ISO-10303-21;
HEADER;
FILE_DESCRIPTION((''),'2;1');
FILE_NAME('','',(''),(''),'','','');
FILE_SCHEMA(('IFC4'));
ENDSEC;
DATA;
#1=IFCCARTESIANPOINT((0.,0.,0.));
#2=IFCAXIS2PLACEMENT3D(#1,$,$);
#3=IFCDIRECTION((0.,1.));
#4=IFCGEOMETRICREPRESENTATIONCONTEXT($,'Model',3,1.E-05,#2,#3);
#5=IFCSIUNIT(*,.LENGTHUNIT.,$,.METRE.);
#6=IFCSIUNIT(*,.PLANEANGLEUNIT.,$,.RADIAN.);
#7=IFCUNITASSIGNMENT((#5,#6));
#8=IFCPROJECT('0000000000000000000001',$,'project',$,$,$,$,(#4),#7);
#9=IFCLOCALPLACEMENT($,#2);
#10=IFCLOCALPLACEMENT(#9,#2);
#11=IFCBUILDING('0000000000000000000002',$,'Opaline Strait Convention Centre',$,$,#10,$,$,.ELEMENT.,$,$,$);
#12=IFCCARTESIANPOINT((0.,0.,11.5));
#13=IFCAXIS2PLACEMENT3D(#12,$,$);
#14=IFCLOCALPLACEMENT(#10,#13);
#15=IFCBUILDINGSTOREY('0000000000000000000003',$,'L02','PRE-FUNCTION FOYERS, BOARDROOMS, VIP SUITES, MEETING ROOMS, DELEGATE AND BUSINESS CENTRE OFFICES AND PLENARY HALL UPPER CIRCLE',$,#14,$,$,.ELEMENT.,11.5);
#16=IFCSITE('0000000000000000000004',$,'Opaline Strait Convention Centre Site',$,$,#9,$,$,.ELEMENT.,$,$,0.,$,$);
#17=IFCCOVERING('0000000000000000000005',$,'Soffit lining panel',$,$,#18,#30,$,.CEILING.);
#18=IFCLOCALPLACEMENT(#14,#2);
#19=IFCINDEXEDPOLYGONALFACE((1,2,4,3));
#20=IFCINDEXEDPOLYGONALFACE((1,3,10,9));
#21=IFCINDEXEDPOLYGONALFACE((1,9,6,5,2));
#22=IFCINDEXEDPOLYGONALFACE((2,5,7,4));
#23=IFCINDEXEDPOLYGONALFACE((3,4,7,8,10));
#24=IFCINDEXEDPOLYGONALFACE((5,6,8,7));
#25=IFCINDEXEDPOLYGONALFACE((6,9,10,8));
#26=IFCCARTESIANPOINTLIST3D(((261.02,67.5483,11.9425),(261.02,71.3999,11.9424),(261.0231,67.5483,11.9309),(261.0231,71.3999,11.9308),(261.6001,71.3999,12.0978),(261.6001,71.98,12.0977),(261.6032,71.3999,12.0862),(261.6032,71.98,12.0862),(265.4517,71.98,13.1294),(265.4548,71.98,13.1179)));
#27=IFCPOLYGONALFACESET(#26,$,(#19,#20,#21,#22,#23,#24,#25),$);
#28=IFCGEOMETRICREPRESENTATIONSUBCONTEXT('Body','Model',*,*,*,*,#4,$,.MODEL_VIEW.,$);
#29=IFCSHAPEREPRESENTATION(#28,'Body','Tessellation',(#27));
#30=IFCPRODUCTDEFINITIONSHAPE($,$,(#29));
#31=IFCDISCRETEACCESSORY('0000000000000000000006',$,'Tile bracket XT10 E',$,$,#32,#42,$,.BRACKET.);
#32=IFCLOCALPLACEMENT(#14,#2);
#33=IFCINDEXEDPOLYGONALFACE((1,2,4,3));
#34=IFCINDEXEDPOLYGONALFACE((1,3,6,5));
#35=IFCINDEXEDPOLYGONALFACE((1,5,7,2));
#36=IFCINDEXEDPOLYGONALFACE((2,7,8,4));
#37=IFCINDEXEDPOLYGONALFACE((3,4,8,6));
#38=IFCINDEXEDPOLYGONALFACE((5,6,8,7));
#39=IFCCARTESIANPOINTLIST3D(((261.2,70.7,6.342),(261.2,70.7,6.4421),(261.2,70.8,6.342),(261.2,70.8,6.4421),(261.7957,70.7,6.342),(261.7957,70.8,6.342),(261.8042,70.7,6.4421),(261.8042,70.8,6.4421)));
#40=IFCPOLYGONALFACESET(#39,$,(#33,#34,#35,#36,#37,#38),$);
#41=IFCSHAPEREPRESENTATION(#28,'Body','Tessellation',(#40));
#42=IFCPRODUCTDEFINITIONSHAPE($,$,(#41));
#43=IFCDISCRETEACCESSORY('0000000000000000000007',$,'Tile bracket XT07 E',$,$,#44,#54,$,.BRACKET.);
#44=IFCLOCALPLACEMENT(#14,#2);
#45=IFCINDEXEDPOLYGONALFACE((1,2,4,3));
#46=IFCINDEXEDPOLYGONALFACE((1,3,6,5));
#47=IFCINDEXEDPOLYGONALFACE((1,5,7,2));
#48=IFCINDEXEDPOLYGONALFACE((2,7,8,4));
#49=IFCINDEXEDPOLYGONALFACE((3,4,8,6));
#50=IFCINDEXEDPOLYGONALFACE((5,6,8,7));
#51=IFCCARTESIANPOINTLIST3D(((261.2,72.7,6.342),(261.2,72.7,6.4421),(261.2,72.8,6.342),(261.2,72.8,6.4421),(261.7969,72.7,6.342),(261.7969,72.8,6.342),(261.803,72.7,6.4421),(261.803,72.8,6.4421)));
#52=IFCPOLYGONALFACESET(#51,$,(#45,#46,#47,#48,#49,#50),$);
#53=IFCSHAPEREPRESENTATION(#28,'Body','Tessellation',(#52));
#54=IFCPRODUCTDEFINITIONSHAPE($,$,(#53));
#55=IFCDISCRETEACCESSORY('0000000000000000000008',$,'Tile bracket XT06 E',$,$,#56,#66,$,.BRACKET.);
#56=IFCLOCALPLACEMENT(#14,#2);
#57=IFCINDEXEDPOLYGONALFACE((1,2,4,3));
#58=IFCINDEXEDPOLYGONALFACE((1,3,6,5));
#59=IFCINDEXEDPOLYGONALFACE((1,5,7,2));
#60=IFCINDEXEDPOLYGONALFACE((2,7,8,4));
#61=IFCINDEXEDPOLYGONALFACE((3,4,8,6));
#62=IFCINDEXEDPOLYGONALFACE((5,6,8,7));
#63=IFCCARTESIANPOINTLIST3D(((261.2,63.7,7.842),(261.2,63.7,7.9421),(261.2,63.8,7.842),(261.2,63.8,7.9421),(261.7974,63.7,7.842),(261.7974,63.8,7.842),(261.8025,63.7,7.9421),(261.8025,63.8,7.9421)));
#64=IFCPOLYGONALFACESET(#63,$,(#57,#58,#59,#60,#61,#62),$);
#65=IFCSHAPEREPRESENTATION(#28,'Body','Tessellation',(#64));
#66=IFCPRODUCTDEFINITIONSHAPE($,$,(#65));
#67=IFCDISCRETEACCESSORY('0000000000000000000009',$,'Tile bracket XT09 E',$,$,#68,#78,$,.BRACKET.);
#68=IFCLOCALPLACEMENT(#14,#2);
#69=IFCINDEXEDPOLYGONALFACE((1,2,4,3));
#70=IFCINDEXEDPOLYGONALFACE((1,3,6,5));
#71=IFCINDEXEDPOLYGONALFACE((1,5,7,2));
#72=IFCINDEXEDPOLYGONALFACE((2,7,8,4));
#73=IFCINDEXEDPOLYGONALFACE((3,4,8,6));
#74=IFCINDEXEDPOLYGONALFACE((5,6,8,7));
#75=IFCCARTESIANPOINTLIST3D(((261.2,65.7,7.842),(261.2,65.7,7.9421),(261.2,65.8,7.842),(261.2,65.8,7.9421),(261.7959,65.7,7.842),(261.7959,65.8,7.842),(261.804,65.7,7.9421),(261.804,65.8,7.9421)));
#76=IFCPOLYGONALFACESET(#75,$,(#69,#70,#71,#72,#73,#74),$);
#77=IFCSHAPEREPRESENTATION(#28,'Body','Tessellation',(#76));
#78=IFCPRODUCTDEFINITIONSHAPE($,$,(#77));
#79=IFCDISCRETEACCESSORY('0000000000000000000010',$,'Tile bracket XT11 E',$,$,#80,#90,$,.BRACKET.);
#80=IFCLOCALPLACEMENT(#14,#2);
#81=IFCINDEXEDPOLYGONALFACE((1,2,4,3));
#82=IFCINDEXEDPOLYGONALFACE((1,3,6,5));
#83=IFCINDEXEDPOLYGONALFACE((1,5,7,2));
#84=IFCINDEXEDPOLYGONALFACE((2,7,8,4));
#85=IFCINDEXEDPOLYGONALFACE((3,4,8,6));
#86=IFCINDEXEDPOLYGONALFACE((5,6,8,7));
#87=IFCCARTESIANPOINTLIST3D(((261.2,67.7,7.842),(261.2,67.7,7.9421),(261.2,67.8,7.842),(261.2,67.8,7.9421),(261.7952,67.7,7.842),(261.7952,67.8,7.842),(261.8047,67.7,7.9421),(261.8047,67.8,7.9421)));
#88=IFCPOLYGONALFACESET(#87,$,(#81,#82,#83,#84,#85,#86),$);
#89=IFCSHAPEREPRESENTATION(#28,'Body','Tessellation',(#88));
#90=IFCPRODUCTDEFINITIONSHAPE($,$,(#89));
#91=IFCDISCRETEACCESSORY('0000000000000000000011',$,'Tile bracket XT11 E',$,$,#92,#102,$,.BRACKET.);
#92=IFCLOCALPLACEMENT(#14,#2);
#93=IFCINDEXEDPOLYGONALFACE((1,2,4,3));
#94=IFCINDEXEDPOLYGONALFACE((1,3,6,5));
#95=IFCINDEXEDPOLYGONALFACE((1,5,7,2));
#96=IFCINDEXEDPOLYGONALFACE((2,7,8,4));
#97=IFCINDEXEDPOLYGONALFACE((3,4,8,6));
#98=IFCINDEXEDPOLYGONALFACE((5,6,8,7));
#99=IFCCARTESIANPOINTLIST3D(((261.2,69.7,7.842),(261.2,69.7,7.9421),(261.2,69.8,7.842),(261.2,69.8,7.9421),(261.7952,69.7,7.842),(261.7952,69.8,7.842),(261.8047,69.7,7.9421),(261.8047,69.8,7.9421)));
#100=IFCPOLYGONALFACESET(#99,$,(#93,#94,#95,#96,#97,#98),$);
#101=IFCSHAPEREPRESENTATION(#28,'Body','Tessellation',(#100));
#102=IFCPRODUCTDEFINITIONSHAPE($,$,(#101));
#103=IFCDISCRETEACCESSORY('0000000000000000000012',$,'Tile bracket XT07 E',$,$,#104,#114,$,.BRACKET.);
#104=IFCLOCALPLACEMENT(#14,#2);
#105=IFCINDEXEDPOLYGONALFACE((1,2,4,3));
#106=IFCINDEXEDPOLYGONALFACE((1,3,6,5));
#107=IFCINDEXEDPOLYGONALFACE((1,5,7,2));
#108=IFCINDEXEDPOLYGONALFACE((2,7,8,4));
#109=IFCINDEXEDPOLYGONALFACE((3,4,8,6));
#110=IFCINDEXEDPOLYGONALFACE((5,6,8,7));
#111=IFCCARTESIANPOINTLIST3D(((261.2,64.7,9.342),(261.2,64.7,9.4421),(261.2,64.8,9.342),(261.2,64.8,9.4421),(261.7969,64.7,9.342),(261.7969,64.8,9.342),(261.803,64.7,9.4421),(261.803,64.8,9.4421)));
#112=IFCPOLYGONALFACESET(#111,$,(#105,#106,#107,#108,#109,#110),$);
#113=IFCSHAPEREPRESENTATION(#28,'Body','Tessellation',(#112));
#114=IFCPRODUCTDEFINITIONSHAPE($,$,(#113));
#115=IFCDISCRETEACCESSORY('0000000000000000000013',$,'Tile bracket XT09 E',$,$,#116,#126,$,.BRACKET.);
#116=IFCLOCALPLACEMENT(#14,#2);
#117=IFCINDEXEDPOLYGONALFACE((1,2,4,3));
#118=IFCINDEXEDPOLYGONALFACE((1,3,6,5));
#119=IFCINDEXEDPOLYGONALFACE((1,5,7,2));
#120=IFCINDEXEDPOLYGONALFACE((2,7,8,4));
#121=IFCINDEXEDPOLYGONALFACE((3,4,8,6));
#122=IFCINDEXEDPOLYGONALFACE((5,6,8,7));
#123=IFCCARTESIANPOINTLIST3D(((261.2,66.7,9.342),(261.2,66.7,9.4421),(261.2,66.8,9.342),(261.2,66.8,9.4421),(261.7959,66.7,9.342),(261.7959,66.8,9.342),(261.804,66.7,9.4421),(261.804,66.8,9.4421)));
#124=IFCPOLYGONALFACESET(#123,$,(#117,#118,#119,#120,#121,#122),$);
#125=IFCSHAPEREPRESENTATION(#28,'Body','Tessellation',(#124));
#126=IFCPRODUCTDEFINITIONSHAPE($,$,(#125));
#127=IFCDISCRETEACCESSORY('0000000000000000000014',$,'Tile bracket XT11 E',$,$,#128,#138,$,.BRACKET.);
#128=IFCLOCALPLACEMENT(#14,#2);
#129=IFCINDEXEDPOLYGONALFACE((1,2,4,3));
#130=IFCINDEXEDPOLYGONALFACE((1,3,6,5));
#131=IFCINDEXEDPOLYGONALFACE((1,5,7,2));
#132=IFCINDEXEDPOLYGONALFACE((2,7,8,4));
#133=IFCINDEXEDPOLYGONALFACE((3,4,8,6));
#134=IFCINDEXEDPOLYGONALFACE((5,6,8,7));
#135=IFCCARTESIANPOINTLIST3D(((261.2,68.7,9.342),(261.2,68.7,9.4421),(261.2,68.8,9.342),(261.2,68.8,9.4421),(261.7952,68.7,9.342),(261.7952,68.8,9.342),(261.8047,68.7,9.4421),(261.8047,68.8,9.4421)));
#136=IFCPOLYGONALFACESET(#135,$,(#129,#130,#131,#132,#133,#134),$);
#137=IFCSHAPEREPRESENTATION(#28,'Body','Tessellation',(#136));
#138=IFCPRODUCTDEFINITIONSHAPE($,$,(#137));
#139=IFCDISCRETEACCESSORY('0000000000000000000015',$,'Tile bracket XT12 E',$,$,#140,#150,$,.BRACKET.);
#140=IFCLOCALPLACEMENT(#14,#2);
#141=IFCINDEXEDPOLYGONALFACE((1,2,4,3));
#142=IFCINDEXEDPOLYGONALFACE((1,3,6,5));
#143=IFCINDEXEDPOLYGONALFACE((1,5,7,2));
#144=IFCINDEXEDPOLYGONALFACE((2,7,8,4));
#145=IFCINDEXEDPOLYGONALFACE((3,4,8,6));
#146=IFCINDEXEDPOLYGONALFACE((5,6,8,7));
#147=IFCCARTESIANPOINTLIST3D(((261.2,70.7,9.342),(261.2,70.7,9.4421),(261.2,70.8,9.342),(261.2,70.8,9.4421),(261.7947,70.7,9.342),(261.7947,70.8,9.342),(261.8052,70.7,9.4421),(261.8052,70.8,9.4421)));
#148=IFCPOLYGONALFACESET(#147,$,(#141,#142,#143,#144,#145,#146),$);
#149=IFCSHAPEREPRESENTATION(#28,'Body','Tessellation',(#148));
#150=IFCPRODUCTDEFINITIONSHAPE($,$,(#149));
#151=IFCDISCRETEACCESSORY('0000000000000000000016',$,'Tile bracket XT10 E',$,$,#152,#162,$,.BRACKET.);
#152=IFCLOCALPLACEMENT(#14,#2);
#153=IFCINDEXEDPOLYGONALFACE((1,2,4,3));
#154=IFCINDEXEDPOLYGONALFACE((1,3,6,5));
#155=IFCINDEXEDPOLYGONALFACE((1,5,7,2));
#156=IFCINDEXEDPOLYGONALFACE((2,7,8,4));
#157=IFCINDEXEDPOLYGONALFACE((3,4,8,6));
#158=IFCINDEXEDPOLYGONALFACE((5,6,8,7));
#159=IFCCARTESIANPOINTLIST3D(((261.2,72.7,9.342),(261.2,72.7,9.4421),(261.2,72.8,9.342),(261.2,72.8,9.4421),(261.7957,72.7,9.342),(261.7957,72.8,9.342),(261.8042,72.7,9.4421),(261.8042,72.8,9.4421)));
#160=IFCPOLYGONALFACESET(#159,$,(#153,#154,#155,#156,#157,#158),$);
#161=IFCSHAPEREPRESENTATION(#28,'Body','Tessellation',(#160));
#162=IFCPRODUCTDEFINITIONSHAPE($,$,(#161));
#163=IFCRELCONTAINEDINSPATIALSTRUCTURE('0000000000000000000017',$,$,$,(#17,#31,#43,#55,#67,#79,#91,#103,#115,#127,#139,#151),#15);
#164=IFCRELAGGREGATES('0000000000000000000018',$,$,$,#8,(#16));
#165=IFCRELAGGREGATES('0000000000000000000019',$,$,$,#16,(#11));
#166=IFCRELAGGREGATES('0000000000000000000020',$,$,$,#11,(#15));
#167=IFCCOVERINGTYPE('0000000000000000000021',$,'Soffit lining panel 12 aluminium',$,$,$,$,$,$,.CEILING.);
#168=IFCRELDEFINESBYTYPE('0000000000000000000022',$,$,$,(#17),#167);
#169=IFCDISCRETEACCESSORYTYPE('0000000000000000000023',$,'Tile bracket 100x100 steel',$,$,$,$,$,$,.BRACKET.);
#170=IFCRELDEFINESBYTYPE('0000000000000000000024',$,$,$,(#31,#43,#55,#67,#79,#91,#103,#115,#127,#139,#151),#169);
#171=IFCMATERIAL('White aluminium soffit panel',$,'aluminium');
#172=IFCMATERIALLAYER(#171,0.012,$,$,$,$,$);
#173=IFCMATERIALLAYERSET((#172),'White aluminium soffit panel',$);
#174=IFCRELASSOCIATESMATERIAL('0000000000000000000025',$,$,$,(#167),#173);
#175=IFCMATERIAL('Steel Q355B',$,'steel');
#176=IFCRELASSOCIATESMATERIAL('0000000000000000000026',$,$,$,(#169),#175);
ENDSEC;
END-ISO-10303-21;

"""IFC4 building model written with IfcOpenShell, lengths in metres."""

from ifc_helpers import new_model, si_unit, direction, frame, origin, place, context, subcontext, project, spatial, polyline, outline, extrude, material, layer, layer_set, type_object, element, save


model = new_model("IFC4")

# Units and contexts
model_context = context("Model", 3, precision=1e-05, world=origin(), true_north=direction((0.0, 1.0)))
body_context = subcontext(model_context, "Body", "Model", "MODEL_VIEW")
ifc_project = project(units=[si_unit("LENGTHUNIT", "METRE"), si_unit("PLANEANGLEUNIT", "RADIAN")], contexts=[model_context])

# Site, building, storey
site_placement = place(None, origin())
site = spatial("IfcSite", under=ifc_project, at=site_placement, Name="Opaline Strait Convention Centre Site", CompositionType="ELEMENT", RefElevation=0.0)
building_placement = place(site_placement, origin())
building = spatial("IfcBuilding", under=site, at=building_placement, Name="Opaline Strait Convention Centre", CompositionType="ELEMENT")
storey_placement = place(building_placement, frame((0.0, 0.0, 11.5)))
storey = spatial("IfcBuildingStorey", under=building, at=storey_placement, Name="L02", Description="PRE-FUNCTION FOYERS, BOARDROOMS, VIP SUITES, MEETING ROOMS, DELEGATE AND BUSINESS CENTRE OFFICES AND PLENARY HALL UPPER CIRCLE", CompositionType="ELEMENT", Elevation=11.5)

# Shared definitions
ifc_material_1 = material(Name="Steel Q355B", Category="steel")

# Covering
ifc_material_2 = material(Name="White aluminium soffit panel", Category="aluminium")
ifc_layer = layer(ifc_material_2, 0.012)
ifc_layer_set = layer_set([ifc_layer], Name="White aluminium soffit panel")
covering_type = type_object("IfcCoveringType", Name="Soffit lining panel 12 aluminium", PredefinedType="CEILING", material=ifc_layer_set)
covering_1_placement = place(storey_placement, frame((261.02, 71.3999, 11.9424), z_axis=(-0.258735, 0.000023, 0.965948), x_axis=(0.965948, 0.0, 0.258735)))
element("IfcCovering", 1, at=covering_1_placement, inside=storey, type_object=covering_type, Name="Soffit lining panel", PredefinedType="CEILING", context=body_context, shape_type="SweptSolid", body=[
    extrude(outline(polyline([(0.0, 0.0), (0.6005, 0.0), (0.6005, 0.5801), (4.5879, 0.5801), (0.0, -3.8516), (0.0, 0.0)])), origin(), (0.0, 0.0, -1.0), 0.012),
])

# Discrete accessories
discrete_accessory_type = type_object("IfcDiscreteAccessoryType", Name="Tile bracket 100x100 steel", PredefinedType="BRACKET", material=ifc_material_1)
discrete_accessory_1_placement = place(storey_placement, frame((261.2, 70.7, 6.3921), z_axis=(0.0, 1.0, 0.0), x_axis=(-1.0, 0.0, 0.0)))
element("IfcDiscreteAccessory", 2, at=discrete_accessory_1_placement, inside=storey, type_object=discrete_accessory_type, Name="Tile bracket XT10 E", PredefinedType="BRACKET", context=body_context, shape_type="SweptSolid", body=[
    extrude(outline(polyline([(0.0, -0.05), (0.0, 0.05), (-0.6042, 0.05), (-0.5957, -0.05), (0.0, -0.05)])), origin(), (0.0, 0.0, 1.0), 0.1001),
])
discrete_accessory_2_placement = place(storey_placement, frame((261.2, 72.7, 6.3921), z_axis=(0.0, 1.0, 0.0), x_axis=(-1.0, 0.0, 0.0)))
element("IfcDiscreteAccessory", 3, at=discrete_accessory_2_placement, inside=storey, type_object=discrete_accessory_type, Name="Tile bracket XT07 E", PredefinedType="BRACKET", context=body_context, shape_type="SweptSolid", body=[
    extrude(outline(polyline([(0.0, -0.05), (0.0, 0.05), (-0.603, 0.05), (-0.5969, -0.05), (0.0, -0.05)])), origin(), (0.0, 0.0, 1.0), 0.1001),
])
discrete_accessory_3_placement = place(storey_placement, frame((261.2, 63.7, 7.8921), z_axis=(0.0, 1.0, 0.0), x_axis=(-1.0, 0.0, 0.0)))
element("IfcDiscreteAccessory", 4, at=discrete_accessory_3_placement, inside=storey, type_object=discrete_accessory_type, Name="Tile bracket XT06 E", PredefinedType="BRACKET", context=body_context, shape_type="SweptSolid", body=[
    extrude(outline(polyline([(0.0, -0.05), (0.0, 0.05), (-0.6025, 0.05), (-0.5974, -0.05), (0.0, -0.05)])), origin(), (0.0, 0.0, 1.0), 0.1001),
])
discrete_accessory_4_placement = place(storey_placement, frame((261.2, 65.7, 7.8921), z_axis=(0.0, 1.0, 0.0), x_axis=(-1.0, 0.0, 0.0)))
element("IfcDiscreteAccessory", 5, at=discrete_accessory_4_placement, inside=storey, type_object=discrete_accessory_type, Name="Tile bracket XT09 E", PredefinedType="BRACKET", context=body_context, shape_type="SweptSolid", body=[
    extrude(outline(polyline([(0.0, -0.05), (0.0, 0.05), (-0.604, 0.05), (-0.5959, -0.05), (0.0, -0.05)])), origin(), (0.0, 0.0, 1.0), 0.1001),
])
for number, where, z_axis, x_axis, name in (
    (6, (261.2, 67.7, 7.8921), (0.0, 1.0, 0.0), (-1.0, 0.0, 0.0), "Tile bracket XT11 E"),
    (7, (261.2, 69.7, 7.8921), (0.0, 1.0, 0.0), (-1.0, 0.0, 0.0), "Tile bracket XT11 E"),
):
    element("IfcDiscreteAccessory", number, at=place(storey_placement, frame(where, z_axis=z_axis, x_axis=x_axis)), inside=storey, type_object=discrete_accessory_type, Name=name, PredefinedType="BRACKET", context=body_context, shape_type="SweptSolid", body=[
        extrude(outline(polyline([(0.0, -0.05), (0.0, 0.05), (-0.6047, 0.05), (-0.5952, -0.05), (0.0, -0.05)])), origin(), (0.0, 0.0, 1.0), 0.1001),
    ])
discrete_accessory_5_placement = place(storey_placement, frame((261.2, 64.7, 9.3921), z_axis=(0.0, 1.0, 0.0), x_axis=(-1.0, 0.0, 0.0)))
element("IfcDiscreteAccessory", 8, at=discrete_accessory_5_placement, inside=storey, type_object=discrete_accessory_type, Name="Tile bracket XT07 E", PredefinedType="BRACKET", context=body_context, shape_type="SweptSolid", body=[
    extrude(outline(polyline([(0.0, -0.05), (0.0, 0.05), (-0.603, 0.05), (-0.5969, -0.05), (0.0, -0.05)])), origin(), (0.0, 0.0, 1.0), 0.1001),
])
discrete_accessory_6_placement = place(storey_placement, frame((261.2, 66.7, 9.3921), z_axis=(0.0, 1.0, 0.0), x_axis=(-1.0, 0.0, 0.0)))
element("IfcDiscreteAccessory", 9, at=discrete_accessory_6_placement, inside=storey, type_object=discrete_accessory_type, Name="Tile bracket XT09 E", PredefinedType="BRACKET", context=body_context, shape_type="SweptSolid", body=[
    extrude(outline(polyline([(0.0, -0.05), (0.0, 0.05), (-0.604, 0.05), (-0.5959, -0.05), (0.0, -0.05)])), origin(), (0.0, 0.0, 1.0), 0.1001),
])
discrete_accessory_7_placement = place(storey_placement, frame((261.2, 68.7, 9.3921), z_axis=(0.0, 1.0, 0.0), x_axis=(-1.0, 0.0, 0.0)))
element("IfcDiscreteAccessory", 10, at=discrete_accessory_7_placement, inside=storey, type_object=discrete_accessory_type, Name="Tile bracket XT11 E", PredefinedType="BRACKET", context=body_context, shape_type="SweptSolid", body=[
    extrude(outline(polyline([(0.0, -0.05), (0.0, 0.05), (-0.6047, 0.05), (-0.5952, -0.05), (0.0, -0.05)])), origin(), (0.0, 0.0, 1.0), 0.1001),
])
discrete_accessory_8_placement = place(storey_placement, frame((261.2, 70.7, 9.3921), z_axis=(0.0, 1.0, 0.0), x_axis=(-1.0, 0.0, 0.0)))
element("IfcDiscreteAccessory", 11, at=discrete_accessory_8_placement, inside=storey, type_object=discrete_accessory_type, Name="Tile bracket XT12 E", PredefinedType="BRACKET", context=body_context, shape_type="SweptSolid", body=[
    extrude(outline(polyline([(0.0, -0.05), (0.0, 0.05), (-0.6052, 0.05), (-0.5947, -0.05), (0.0, -0.05)])), origin(), (0.0, 0.0, 1.0), 0.1001),
])
discrete_accessory_9_placement = place(storey_placement, frame((261.2, 72.7, 9.3921), z_axis=(0.0, 1.0, 0.0), x_axis=(-1.0, 0.0, 0.0)))
element("IfcDiscreteAccessory", 12, at=discrete_accessory_9_placement, inside=storey, type_object=discrete_accessory_type, Name="Tile bracket XT10 E", PredefinedType="BRACKET", context=body_context, shape_type="SweptSolid", body=[
    extrude(outline(polyline([(0.0, -0.05), (0.0, 0.05), (-0.6042, 0.05), (-0.5957, -0.05), (0.0, -0.05)])), origin(), (0.0, 0.0, 1.0), 0.1001),
])

save(model, "model.ifc")
